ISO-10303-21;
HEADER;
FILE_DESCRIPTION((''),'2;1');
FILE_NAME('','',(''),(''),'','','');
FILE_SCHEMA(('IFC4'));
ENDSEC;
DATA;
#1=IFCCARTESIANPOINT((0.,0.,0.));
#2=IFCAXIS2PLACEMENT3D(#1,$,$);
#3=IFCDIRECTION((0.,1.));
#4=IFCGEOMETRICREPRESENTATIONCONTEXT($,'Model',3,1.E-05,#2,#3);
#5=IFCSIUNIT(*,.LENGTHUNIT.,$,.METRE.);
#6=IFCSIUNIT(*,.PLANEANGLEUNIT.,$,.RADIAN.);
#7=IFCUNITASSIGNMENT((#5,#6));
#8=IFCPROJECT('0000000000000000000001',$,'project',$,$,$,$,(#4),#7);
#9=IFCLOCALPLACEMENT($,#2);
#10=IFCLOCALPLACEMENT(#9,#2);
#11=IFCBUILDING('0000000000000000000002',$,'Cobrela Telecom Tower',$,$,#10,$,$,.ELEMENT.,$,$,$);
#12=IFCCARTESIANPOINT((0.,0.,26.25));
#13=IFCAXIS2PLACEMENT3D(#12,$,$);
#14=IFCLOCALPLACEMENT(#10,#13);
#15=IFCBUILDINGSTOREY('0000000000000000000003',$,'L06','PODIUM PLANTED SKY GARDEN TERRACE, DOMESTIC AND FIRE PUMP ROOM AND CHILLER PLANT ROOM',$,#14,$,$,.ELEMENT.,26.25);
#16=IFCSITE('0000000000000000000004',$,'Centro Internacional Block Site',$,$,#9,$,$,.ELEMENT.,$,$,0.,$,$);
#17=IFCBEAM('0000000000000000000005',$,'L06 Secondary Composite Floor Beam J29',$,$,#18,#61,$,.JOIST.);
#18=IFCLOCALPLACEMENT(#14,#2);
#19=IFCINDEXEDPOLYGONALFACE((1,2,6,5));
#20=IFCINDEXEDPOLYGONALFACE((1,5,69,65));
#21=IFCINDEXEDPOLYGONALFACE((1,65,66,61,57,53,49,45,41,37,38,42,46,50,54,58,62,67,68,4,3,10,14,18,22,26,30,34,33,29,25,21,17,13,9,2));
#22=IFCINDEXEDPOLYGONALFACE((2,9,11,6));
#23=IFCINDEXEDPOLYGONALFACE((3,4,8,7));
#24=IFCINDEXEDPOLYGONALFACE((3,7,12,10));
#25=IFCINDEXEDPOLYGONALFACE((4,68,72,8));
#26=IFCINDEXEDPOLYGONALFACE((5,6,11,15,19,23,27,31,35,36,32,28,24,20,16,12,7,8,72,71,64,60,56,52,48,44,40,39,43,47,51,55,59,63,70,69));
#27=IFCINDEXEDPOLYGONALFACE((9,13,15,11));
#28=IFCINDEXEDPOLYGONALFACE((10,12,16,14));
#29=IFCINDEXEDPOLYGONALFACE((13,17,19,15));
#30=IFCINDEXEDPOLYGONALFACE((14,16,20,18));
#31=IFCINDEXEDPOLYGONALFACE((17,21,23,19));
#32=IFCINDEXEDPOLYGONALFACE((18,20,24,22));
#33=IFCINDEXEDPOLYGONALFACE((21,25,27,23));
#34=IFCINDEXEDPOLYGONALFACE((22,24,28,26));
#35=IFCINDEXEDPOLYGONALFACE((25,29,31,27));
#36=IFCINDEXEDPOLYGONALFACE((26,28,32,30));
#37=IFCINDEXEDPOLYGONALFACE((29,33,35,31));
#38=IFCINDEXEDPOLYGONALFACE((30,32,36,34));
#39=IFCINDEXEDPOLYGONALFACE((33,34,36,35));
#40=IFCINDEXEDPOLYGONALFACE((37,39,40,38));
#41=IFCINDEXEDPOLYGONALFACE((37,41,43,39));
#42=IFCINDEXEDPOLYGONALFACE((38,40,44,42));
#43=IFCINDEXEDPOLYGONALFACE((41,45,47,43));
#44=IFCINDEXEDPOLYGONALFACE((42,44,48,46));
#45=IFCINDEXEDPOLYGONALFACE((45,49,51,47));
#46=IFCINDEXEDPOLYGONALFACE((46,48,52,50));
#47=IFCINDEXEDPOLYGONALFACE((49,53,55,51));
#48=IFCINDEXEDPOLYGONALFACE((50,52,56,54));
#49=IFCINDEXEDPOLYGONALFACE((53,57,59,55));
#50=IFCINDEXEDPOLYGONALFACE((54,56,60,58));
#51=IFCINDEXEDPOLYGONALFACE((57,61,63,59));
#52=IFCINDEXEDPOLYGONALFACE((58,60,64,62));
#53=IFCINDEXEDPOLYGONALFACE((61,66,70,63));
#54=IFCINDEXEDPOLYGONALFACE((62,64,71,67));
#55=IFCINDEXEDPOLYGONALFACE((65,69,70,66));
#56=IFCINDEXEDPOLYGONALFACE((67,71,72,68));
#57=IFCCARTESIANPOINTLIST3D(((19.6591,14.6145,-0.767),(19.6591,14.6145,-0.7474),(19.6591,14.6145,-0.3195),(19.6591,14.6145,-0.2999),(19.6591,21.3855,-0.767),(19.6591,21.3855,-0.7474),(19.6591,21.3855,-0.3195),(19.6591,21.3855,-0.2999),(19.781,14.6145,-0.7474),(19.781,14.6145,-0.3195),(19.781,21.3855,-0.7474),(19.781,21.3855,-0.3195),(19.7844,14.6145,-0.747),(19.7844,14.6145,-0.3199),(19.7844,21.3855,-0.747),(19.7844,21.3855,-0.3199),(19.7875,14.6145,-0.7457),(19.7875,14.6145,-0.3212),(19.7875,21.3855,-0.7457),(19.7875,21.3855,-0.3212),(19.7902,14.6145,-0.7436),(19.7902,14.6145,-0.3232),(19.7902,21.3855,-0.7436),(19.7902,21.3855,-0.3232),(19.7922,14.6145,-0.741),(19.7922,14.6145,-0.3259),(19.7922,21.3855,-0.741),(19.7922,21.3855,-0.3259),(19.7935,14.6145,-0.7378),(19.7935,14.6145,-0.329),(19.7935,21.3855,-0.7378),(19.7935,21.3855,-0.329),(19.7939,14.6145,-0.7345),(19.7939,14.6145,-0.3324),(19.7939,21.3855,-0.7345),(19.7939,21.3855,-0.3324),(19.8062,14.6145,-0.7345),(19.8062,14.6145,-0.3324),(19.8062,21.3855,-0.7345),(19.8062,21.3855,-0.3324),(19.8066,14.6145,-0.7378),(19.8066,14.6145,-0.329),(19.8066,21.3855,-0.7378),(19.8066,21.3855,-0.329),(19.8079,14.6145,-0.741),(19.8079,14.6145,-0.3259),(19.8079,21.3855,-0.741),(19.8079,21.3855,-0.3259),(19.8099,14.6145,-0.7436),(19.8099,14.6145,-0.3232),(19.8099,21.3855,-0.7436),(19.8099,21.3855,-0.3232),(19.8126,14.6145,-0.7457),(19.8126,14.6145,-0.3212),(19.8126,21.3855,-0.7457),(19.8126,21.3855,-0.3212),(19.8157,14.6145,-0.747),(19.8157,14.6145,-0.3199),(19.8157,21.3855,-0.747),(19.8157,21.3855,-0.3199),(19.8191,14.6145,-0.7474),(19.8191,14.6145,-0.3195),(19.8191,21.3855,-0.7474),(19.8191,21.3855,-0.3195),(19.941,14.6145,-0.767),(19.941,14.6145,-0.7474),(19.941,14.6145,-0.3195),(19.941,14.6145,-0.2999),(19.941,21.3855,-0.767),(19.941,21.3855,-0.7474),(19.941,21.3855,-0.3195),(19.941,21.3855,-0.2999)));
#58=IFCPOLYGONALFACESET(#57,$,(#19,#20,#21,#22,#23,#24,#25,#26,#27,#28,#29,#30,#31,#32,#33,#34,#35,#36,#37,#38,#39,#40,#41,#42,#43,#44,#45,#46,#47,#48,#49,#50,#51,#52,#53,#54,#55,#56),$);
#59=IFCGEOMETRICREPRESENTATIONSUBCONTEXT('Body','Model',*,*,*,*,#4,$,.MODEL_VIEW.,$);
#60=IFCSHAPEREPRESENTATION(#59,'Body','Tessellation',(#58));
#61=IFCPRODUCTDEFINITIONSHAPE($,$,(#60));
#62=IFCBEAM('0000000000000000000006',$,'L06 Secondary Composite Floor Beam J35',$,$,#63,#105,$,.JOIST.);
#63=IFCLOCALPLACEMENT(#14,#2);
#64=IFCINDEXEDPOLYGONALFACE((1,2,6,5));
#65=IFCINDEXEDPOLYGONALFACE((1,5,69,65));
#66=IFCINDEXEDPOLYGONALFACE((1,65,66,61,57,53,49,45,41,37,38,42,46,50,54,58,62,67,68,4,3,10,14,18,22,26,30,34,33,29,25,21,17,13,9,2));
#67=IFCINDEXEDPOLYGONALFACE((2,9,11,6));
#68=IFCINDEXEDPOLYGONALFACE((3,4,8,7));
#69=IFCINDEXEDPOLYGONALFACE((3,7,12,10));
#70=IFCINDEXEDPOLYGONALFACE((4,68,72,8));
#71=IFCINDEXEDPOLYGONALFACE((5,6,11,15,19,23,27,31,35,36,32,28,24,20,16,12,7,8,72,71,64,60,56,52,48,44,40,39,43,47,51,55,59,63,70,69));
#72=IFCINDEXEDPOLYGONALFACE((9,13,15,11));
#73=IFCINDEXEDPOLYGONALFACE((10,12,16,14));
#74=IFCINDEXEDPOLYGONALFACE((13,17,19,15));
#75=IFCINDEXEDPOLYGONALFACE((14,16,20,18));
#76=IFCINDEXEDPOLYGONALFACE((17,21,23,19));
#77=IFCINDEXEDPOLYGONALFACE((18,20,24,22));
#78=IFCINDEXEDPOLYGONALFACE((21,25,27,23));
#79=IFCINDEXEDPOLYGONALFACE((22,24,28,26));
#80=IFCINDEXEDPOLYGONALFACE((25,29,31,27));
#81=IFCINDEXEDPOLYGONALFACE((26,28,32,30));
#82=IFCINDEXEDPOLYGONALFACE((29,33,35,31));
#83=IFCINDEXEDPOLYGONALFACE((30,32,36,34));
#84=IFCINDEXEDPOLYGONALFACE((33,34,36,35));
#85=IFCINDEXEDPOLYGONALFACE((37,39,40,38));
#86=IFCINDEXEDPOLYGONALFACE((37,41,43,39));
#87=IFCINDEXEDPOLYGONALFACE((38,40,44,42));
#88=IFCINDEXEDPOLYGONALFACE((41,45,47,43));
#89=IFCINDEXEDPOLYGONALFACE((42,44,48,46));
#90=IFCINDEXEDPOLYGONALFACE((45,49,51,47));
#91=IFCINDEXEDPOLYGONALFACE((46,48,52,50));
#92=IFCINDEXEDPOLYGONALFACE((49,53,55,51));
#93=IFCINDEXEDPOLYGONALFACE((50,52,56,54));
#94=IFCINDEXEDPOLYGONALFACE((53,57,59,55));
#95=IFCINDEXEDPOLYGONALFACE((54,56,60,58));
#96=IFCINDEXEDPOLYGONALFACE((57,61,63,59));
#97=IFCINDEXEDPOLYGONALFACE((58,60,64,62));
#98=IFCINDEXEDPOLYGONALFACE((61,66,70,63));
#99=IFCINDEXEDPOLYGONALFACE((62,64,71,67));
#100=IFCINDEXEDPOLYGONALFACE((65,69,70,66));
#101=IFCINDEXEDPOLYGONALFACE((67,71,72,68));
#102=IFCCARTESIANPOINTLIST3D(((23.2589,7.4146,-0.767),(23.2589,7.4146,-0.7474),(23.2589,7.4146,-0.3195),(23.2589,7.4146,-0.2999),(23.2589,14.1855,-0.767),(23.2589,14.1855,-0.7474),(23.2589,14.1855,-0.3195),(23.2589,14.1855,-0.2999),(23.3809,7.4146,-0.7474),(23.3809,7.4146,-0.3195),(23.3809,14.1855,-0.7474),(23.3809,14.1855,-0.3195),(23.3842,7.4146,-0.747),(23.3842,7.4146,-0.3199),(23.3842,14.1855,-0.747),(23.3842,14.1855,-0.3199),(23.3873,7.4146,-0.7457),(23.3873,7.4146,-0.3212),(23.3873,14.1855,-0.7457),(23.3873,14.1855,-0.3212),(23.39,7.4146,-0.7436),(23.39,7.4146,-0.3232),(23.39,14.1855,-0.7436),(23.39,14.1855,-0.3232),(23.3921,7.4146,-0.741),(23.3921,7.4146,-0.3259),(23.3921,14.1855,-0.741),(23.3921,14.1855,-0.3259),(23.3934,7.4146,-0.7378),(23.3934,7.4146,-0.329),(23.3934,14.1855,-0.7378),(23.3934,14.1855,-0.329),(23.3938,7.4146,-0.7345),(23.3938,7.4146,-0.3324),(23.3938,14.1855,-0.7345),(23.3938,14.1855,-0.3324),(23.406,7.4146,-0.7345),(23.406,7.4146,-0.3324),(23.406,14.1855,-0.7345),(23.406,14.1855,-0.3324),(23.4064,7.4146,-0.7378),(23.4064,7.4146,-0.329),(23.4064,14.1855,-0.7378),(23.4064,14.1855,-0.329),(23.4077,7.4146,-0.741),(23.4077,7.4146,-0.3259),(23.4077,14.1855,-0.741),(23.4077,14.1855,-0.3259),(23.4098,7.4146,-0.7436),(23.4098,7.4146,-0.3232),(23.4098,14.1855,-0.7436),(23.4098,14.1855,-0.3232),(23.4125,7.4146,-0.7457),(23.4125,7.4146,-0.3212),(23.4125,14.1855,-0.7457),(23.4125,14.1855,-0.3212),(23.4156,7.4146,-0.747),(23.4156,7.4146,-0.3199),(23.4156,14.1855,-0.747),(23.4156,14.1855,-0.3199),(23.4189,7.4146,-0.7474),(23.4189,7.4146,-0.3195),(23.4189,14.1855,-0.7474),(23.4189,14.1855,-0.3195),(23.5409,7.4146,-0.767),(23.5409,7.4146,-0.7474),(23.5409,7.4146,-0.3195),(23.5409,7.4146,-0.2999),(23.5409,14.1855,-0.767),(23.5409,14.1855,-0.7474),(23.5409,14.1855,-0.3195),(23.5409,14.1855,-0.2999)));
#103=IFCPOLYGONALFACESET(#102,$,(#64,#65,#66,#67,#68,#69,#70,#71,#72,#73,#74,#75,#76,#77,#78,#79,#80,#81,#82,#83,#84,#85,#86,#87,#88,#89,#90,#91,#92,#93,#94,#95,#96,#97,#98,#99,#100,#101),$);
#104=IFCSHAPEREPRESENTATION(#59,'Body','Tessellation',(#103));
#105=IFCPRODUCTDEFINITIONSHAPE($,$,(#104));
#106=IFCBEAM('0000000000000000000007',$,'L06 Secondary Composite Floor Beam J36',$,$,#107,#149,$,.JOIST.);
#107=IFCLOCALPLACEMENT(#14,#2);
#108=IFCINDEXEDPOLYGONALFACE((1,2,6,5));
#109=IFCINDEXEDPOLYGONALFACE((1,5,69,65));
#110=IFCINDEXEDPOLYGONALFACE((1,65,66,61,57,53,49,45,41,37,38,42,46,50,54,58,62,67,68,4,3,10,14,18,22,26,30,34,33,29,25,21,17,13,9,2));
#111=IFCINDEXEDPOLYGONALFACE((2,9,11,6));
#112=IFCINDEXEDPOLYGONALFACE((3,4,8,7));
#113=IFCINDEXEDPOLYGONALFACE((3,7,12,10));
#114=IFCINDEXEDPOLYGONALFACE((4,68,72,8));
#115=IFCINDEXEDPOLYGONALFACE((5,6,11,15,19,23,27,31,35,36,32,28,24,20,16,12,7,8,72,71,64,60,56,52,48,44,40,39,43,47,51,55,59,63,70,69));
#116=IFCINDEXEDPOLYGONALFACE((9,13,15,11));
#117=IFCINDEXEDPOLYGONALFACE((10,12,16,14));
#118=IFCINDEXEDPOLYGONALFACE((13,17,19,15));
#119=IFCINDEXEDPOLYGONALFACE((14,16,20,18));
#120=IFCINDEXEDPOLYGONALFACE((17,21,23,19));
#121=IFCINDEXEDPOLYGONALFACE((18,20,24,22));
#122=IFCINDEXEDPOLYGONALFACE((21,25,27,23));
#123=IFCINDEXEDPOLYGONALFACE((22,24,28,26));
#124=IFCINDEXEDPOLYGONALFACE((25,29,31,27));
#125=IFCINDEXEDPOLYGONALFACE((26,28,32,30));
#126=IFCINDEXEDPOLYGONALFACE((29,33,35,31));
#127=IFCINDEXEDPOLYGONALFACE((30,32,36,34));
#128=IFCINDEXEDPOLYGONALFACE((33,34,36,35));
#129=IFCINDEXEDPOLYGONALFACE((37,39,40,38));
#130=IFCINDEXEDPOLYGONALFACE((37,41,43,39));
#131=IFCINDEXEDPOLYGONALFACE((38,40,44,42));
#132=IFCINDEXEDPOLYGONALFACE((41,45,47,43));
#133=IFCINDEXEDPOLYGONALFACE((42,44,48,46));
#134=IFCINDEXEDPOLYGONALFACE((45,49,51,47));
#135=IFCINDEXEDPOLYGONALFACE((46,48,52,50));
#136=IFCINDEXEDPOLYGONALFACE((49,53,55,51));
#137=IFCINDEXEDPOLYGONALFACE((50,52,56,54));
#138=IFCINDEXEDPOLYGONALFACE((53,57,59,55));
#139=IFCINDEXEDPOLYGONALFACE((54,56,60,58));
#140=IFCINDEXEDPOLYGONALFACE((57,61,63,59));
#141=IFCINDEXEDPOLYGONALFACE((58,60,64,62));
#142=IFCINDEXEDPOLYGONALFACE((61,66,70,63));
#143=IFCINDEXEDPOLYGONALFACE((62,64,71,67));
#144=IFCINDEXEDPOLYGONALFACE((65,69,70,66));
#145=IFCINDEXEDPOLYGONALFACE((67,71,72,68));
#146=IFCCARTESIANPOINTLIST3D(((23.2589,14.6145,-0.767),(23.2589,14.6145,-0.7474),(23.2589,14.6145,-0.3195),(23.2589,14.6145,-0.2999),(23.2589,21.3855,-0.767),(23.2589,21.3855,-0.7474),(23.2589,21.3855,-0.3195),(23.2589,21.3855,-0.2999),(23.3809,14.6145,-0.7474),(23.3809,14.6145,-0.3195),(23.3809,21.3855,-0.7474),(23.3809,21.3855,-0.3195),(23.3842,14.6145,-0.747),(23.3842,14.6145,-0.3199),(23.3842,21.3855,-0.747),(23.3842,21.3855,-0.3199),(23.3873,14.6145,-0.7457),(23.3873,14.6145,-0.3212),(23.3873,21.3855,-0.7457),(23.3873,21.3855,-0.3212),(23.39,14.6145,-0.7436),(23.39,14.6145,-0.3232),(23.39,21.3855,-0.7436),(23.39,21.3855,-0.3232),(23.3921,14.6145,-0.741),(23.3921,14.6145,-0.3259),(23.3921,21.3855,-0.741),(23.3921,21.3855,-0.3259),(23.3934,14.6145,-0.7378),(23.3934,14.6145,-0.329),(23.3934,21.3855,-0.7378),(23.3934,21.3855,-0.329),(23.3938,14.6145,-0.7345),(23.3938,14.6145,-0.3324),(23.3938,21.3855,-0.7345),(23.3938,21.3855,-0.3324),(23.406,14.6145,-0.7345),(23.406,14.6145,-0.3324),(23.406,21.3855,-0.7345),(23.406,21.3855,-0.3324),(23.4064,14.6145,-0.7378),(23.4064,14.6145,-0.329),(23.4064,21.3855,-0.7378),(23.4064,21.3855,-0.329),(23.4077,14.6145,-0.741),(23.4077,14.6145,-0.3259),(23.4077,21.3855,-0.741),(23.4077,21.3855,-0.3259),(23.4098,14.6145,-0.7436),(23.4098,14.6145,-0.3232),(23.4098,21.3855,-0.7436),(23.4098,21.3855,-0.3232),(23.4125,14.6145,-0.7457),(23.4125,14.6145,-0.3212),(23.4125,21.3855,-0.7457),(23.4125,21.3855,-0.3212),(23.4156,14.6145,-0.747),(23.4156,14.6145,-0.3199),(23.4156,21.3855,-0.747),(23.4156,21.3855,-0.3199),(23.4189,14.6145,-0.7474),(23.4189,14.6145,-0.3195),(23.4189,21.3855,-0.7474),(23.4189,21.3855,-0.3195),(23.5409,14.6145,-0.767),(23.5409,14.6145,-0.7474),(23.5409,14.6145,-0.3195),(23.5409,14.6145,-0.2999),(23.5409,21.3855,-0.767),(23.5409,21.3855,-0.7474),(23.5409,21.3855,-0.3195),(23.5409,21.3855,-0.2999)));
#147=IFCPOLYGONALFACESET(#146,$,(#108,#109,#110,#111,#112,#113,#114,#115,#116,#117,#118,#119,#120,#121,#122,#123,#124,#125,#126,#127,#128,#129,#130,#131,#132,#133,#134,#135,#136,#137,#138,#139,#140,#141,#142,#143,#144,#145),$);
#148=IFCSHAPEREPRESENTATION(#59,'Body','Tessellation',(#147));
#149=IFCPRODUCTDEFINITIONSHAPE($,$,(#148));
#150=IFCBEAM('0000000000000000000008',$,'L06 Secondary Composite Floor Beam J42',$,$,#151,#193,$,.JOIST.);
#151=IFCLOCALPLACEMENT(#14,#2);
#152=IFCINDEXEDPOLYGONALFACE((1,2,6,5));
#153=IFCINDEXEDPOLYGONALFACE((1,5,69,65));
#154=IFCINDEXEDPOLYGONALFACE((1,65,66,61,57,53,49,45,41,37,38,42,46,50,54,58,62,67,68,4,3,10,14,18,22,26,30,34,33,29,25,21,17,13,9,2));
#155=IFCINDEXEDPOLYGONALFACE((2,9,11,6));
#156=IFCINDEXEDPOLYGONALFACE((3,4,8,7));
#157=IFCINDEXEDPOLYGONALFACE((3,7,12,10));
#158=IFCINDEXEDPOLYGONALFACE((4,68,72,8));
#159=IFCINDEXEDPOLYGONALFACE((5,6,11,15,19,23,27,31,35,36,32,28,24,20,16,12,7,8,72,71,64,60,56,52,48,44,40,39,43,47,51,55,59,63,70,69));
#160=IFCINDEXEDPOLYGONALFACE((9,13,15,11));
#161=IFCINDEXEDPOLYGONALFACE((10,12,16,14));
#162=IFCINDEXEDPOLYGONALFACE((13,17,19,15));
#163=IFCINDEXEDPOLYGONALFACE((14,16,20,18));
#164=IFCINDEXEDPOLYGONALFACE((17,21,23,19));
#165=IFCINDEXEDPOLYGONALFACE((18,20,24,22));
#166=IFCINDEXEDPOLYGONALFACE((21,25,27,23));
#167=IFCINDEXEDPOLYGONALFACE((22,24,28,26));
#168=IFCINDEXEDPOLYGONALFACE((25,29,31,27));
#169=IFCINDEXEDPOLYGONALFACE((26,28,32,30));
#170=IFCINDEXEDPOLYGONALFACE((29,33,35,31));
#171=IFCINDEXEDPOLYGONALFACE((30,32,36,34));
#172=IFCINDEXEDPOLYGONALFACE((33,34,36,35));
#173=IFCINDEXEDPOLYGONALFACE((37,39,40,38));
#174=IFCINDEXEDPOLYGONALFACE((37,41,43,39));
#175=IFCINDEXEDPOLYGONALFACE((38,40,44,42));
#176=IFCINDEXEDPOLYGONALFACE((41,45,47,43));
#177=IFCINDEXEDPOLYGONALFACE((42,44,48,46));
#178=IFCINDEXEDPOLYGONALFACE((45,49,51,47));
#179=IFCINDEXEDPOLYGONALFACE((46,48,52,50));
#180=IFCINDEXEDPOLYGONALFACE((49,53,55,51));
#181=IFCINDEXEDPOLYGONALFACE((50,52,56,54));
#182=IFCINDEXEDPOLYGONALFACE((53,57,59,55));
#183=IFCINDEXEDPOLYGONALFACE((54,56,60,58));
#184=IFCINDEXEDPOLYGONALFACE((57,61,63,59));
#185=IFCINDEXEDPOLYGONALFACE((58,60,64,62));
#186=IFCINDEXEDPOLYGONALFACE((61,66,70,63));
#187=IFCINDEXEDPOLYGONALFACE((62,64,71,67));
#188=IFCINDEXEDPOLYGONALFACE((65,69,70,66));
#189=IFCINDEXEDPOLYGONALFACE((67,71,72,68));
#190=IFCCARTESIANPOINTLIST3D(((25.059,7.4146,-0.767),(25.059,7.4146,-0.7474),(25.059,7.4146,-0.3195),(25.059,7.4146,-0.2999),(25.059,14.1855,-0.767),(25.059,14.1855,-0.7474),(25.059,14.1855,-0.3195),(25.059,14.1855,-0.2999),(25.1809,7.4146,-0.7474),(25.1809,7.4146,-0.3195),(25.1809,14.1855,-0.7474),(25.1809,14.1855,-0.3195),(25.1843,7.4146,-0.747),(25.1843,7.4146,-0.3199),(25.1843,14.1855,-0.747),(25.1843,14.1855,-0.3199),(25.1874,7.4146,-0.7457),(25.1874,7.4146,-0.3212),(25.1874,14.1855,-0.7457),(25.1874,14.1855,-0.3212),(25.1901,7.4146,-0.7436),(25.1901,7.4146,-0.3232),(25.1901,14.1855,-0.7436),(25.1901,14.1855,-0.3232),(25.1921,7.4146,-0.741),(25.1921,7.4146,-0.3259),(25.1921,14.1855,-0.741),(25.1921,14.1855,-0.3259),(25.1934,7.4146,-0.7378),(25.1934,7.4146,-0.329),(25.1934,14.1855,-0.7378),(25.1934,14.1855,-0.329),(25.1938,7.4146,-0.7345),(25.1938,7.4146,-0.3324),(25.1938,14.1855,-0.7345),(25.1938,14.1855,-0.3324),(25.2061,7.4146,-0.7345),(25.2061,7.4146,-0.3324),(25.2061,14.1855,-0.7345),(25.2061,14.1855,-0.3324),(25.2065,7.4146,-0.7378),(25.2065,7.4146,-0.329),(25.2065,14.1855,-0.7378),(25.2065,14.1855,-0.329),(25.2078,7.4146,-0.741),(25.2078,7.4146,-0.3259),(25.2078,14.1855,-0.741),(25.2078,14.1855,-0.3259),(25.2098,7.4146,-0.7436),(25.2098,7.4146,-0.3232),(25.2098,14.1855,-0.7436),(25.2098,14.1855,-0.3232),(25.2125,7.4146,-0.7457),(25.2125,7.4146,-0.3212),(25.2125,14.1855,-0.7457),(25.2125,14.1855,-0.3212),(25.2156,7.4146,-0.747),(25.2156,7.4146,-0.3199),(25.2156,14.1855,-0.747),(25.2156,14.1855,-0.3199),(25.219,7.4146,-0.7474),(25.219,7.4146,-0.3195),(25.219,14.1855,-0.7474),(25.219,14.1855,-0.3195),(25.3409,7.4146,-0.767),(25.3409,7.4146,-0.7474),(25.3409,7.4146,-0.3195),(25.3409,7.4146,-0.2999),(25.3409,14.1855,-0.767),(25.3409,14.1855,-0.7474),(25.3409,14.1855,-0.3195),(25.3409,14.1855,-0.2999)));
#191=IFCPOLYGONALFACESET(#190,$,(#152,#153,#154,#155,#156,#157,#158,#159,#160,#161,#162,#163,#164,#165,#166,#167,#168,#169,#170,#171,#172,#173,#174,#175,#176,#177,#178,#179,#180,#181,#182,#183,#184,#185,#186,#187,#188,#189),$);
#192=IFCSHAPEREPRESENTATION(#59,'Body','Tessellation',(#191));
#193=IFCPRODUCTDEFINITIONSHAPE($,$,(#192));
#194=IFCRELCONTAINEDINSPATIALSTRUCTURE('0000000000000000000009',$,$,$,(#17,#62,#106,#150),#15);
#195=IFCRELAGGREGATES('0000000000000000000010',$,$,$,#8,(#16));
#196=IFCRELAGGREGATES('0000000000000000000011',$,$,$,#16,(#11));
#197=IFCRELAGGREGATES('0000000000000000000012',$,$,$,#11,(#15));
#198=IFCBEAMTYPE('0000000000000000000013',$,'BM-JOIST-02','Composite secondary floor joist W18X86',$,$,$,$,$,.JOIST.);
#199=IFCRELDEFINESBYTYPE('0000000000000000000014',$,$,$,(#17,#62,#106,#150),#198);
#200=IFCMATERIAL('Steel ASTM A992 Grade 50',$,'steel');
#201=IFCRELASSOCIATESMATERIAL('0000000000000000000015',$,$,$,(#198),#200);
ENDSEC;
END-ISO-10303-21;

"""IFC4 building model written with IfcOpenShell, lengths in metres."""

from ifc_helpers import new_model, si_unit, direction, frame, origin, origin_2d, place, context, subcontext, project, spatial, i_section, extrude, material, material_profile, profile_set, type_object, element, save


model = new_model("IFC4")

# Units and contexts
model_context = context("Model", 3, precision=1e-05, world=origin(), true_north=direction((0.0, 1.0)))
body_context = subcontext(model_context, "Body", "Model", "MODEL_VIEW")
ifc_project = project(units=[si_unit("LENGTHUNIT", "METRE"), si_unit("PLANEANGLEUNIT", "RADIAN")], contexts=[model_context])

# Site, building, storey
site_placement = place(None, origin())
site = spatial("IfcSite", under=ifc_project, at=site_placement, Name="Centro Internacional Block Site", CompositionType="ELEMENT", RefElevation=0.0)
building_placement = place(site_placement, origin())
building = spatial("IfcBuilding", under=site, at=building_placement, Name="Cobrela Telecom Tower", CompositionType="ELEMENT")
storey_placement = place(building_placement, frame((0.0, 0.0, 26.25)))
storey = spatial("IfcBuildingStorey", under=building, at=storey_placement, Name="L06", Description="PODIUM PLANTED SKY GARDEN TERRACE, DOMESTIC AND FIRE PUMP ROOM AND CHILLER PLANT ROOM", CompositionType="ELEMENT", Elevation=26.25)

# Beams
ifc_material_1 = material(Name="Steel ASTM A992 Grade 50", Category="steel")
ifc_material_profile_1 = material_profile(ifc_material_1, i_section(OverallWidth=0.282, OverallDepth=0.467, WebThickness=0.0122, FlangeThickness=0.0195, FilletRadius=0.0129, at=origin_2d()), Name="W18X86")
ifc_profile_set_1 = profile_set([ifc_material_profile_1], Name="Steel ASTM A992 Grade 50")
beam_type_1 = type_object("IfcBeamType", Name="BM-JOIST-02", Description="Composite secondary floor joist W18X86", PredefinedType="JOIST", material=ifc_profile_set_1)
for number, where, z_axis, x_axis, name in (
    (1, (19.8, 14.6145, -0.5334), (0.0, 1.0, 0.0), (-1.0, 0.0, 0.0), "L06 Secondary Composite Floor Beam J29"),
    (2, (23.3999, 7.4146, -0.5334), (0.0, 1.0, 0.0), (-1.0, 0.0, 0.0), "L06 Secondary Composite Floor Beam J35"),
    (3, (23.3999, 14.6145, -0.5334), (0.0, 1.0, 0.0), (-1.0, 0.0, 0.0), "L06 Secondary Composite Floor Beam J36"),
    (4, (25.2, 7.4146, -0.5334), (0.0, 1.0, 0.0), (-1.0, 0.0, 0.0), "L06 Secondary Composite Floor Beam J42"),
):
    element("IfcBeam", number, at=place(storey_placement, frame(where, z_axis=z_axis, x_axis=x_axis)), inside=storey, type_object=beam_type_1, Name=name, PredefinedType="JOIST", context=body_context, shape_type="SweptSolid", body=[
        extrude(i_section(OverallWidth=0.282, OverallDepth=0.467, WebThickness=0.0122, FlangeThickness=0.0195, FilletRadius=0.0129, at=origin_2d()), origin(), (0.0, 0.0, 1.0), 6.771),
    ])

save(model, "model.ifc")
